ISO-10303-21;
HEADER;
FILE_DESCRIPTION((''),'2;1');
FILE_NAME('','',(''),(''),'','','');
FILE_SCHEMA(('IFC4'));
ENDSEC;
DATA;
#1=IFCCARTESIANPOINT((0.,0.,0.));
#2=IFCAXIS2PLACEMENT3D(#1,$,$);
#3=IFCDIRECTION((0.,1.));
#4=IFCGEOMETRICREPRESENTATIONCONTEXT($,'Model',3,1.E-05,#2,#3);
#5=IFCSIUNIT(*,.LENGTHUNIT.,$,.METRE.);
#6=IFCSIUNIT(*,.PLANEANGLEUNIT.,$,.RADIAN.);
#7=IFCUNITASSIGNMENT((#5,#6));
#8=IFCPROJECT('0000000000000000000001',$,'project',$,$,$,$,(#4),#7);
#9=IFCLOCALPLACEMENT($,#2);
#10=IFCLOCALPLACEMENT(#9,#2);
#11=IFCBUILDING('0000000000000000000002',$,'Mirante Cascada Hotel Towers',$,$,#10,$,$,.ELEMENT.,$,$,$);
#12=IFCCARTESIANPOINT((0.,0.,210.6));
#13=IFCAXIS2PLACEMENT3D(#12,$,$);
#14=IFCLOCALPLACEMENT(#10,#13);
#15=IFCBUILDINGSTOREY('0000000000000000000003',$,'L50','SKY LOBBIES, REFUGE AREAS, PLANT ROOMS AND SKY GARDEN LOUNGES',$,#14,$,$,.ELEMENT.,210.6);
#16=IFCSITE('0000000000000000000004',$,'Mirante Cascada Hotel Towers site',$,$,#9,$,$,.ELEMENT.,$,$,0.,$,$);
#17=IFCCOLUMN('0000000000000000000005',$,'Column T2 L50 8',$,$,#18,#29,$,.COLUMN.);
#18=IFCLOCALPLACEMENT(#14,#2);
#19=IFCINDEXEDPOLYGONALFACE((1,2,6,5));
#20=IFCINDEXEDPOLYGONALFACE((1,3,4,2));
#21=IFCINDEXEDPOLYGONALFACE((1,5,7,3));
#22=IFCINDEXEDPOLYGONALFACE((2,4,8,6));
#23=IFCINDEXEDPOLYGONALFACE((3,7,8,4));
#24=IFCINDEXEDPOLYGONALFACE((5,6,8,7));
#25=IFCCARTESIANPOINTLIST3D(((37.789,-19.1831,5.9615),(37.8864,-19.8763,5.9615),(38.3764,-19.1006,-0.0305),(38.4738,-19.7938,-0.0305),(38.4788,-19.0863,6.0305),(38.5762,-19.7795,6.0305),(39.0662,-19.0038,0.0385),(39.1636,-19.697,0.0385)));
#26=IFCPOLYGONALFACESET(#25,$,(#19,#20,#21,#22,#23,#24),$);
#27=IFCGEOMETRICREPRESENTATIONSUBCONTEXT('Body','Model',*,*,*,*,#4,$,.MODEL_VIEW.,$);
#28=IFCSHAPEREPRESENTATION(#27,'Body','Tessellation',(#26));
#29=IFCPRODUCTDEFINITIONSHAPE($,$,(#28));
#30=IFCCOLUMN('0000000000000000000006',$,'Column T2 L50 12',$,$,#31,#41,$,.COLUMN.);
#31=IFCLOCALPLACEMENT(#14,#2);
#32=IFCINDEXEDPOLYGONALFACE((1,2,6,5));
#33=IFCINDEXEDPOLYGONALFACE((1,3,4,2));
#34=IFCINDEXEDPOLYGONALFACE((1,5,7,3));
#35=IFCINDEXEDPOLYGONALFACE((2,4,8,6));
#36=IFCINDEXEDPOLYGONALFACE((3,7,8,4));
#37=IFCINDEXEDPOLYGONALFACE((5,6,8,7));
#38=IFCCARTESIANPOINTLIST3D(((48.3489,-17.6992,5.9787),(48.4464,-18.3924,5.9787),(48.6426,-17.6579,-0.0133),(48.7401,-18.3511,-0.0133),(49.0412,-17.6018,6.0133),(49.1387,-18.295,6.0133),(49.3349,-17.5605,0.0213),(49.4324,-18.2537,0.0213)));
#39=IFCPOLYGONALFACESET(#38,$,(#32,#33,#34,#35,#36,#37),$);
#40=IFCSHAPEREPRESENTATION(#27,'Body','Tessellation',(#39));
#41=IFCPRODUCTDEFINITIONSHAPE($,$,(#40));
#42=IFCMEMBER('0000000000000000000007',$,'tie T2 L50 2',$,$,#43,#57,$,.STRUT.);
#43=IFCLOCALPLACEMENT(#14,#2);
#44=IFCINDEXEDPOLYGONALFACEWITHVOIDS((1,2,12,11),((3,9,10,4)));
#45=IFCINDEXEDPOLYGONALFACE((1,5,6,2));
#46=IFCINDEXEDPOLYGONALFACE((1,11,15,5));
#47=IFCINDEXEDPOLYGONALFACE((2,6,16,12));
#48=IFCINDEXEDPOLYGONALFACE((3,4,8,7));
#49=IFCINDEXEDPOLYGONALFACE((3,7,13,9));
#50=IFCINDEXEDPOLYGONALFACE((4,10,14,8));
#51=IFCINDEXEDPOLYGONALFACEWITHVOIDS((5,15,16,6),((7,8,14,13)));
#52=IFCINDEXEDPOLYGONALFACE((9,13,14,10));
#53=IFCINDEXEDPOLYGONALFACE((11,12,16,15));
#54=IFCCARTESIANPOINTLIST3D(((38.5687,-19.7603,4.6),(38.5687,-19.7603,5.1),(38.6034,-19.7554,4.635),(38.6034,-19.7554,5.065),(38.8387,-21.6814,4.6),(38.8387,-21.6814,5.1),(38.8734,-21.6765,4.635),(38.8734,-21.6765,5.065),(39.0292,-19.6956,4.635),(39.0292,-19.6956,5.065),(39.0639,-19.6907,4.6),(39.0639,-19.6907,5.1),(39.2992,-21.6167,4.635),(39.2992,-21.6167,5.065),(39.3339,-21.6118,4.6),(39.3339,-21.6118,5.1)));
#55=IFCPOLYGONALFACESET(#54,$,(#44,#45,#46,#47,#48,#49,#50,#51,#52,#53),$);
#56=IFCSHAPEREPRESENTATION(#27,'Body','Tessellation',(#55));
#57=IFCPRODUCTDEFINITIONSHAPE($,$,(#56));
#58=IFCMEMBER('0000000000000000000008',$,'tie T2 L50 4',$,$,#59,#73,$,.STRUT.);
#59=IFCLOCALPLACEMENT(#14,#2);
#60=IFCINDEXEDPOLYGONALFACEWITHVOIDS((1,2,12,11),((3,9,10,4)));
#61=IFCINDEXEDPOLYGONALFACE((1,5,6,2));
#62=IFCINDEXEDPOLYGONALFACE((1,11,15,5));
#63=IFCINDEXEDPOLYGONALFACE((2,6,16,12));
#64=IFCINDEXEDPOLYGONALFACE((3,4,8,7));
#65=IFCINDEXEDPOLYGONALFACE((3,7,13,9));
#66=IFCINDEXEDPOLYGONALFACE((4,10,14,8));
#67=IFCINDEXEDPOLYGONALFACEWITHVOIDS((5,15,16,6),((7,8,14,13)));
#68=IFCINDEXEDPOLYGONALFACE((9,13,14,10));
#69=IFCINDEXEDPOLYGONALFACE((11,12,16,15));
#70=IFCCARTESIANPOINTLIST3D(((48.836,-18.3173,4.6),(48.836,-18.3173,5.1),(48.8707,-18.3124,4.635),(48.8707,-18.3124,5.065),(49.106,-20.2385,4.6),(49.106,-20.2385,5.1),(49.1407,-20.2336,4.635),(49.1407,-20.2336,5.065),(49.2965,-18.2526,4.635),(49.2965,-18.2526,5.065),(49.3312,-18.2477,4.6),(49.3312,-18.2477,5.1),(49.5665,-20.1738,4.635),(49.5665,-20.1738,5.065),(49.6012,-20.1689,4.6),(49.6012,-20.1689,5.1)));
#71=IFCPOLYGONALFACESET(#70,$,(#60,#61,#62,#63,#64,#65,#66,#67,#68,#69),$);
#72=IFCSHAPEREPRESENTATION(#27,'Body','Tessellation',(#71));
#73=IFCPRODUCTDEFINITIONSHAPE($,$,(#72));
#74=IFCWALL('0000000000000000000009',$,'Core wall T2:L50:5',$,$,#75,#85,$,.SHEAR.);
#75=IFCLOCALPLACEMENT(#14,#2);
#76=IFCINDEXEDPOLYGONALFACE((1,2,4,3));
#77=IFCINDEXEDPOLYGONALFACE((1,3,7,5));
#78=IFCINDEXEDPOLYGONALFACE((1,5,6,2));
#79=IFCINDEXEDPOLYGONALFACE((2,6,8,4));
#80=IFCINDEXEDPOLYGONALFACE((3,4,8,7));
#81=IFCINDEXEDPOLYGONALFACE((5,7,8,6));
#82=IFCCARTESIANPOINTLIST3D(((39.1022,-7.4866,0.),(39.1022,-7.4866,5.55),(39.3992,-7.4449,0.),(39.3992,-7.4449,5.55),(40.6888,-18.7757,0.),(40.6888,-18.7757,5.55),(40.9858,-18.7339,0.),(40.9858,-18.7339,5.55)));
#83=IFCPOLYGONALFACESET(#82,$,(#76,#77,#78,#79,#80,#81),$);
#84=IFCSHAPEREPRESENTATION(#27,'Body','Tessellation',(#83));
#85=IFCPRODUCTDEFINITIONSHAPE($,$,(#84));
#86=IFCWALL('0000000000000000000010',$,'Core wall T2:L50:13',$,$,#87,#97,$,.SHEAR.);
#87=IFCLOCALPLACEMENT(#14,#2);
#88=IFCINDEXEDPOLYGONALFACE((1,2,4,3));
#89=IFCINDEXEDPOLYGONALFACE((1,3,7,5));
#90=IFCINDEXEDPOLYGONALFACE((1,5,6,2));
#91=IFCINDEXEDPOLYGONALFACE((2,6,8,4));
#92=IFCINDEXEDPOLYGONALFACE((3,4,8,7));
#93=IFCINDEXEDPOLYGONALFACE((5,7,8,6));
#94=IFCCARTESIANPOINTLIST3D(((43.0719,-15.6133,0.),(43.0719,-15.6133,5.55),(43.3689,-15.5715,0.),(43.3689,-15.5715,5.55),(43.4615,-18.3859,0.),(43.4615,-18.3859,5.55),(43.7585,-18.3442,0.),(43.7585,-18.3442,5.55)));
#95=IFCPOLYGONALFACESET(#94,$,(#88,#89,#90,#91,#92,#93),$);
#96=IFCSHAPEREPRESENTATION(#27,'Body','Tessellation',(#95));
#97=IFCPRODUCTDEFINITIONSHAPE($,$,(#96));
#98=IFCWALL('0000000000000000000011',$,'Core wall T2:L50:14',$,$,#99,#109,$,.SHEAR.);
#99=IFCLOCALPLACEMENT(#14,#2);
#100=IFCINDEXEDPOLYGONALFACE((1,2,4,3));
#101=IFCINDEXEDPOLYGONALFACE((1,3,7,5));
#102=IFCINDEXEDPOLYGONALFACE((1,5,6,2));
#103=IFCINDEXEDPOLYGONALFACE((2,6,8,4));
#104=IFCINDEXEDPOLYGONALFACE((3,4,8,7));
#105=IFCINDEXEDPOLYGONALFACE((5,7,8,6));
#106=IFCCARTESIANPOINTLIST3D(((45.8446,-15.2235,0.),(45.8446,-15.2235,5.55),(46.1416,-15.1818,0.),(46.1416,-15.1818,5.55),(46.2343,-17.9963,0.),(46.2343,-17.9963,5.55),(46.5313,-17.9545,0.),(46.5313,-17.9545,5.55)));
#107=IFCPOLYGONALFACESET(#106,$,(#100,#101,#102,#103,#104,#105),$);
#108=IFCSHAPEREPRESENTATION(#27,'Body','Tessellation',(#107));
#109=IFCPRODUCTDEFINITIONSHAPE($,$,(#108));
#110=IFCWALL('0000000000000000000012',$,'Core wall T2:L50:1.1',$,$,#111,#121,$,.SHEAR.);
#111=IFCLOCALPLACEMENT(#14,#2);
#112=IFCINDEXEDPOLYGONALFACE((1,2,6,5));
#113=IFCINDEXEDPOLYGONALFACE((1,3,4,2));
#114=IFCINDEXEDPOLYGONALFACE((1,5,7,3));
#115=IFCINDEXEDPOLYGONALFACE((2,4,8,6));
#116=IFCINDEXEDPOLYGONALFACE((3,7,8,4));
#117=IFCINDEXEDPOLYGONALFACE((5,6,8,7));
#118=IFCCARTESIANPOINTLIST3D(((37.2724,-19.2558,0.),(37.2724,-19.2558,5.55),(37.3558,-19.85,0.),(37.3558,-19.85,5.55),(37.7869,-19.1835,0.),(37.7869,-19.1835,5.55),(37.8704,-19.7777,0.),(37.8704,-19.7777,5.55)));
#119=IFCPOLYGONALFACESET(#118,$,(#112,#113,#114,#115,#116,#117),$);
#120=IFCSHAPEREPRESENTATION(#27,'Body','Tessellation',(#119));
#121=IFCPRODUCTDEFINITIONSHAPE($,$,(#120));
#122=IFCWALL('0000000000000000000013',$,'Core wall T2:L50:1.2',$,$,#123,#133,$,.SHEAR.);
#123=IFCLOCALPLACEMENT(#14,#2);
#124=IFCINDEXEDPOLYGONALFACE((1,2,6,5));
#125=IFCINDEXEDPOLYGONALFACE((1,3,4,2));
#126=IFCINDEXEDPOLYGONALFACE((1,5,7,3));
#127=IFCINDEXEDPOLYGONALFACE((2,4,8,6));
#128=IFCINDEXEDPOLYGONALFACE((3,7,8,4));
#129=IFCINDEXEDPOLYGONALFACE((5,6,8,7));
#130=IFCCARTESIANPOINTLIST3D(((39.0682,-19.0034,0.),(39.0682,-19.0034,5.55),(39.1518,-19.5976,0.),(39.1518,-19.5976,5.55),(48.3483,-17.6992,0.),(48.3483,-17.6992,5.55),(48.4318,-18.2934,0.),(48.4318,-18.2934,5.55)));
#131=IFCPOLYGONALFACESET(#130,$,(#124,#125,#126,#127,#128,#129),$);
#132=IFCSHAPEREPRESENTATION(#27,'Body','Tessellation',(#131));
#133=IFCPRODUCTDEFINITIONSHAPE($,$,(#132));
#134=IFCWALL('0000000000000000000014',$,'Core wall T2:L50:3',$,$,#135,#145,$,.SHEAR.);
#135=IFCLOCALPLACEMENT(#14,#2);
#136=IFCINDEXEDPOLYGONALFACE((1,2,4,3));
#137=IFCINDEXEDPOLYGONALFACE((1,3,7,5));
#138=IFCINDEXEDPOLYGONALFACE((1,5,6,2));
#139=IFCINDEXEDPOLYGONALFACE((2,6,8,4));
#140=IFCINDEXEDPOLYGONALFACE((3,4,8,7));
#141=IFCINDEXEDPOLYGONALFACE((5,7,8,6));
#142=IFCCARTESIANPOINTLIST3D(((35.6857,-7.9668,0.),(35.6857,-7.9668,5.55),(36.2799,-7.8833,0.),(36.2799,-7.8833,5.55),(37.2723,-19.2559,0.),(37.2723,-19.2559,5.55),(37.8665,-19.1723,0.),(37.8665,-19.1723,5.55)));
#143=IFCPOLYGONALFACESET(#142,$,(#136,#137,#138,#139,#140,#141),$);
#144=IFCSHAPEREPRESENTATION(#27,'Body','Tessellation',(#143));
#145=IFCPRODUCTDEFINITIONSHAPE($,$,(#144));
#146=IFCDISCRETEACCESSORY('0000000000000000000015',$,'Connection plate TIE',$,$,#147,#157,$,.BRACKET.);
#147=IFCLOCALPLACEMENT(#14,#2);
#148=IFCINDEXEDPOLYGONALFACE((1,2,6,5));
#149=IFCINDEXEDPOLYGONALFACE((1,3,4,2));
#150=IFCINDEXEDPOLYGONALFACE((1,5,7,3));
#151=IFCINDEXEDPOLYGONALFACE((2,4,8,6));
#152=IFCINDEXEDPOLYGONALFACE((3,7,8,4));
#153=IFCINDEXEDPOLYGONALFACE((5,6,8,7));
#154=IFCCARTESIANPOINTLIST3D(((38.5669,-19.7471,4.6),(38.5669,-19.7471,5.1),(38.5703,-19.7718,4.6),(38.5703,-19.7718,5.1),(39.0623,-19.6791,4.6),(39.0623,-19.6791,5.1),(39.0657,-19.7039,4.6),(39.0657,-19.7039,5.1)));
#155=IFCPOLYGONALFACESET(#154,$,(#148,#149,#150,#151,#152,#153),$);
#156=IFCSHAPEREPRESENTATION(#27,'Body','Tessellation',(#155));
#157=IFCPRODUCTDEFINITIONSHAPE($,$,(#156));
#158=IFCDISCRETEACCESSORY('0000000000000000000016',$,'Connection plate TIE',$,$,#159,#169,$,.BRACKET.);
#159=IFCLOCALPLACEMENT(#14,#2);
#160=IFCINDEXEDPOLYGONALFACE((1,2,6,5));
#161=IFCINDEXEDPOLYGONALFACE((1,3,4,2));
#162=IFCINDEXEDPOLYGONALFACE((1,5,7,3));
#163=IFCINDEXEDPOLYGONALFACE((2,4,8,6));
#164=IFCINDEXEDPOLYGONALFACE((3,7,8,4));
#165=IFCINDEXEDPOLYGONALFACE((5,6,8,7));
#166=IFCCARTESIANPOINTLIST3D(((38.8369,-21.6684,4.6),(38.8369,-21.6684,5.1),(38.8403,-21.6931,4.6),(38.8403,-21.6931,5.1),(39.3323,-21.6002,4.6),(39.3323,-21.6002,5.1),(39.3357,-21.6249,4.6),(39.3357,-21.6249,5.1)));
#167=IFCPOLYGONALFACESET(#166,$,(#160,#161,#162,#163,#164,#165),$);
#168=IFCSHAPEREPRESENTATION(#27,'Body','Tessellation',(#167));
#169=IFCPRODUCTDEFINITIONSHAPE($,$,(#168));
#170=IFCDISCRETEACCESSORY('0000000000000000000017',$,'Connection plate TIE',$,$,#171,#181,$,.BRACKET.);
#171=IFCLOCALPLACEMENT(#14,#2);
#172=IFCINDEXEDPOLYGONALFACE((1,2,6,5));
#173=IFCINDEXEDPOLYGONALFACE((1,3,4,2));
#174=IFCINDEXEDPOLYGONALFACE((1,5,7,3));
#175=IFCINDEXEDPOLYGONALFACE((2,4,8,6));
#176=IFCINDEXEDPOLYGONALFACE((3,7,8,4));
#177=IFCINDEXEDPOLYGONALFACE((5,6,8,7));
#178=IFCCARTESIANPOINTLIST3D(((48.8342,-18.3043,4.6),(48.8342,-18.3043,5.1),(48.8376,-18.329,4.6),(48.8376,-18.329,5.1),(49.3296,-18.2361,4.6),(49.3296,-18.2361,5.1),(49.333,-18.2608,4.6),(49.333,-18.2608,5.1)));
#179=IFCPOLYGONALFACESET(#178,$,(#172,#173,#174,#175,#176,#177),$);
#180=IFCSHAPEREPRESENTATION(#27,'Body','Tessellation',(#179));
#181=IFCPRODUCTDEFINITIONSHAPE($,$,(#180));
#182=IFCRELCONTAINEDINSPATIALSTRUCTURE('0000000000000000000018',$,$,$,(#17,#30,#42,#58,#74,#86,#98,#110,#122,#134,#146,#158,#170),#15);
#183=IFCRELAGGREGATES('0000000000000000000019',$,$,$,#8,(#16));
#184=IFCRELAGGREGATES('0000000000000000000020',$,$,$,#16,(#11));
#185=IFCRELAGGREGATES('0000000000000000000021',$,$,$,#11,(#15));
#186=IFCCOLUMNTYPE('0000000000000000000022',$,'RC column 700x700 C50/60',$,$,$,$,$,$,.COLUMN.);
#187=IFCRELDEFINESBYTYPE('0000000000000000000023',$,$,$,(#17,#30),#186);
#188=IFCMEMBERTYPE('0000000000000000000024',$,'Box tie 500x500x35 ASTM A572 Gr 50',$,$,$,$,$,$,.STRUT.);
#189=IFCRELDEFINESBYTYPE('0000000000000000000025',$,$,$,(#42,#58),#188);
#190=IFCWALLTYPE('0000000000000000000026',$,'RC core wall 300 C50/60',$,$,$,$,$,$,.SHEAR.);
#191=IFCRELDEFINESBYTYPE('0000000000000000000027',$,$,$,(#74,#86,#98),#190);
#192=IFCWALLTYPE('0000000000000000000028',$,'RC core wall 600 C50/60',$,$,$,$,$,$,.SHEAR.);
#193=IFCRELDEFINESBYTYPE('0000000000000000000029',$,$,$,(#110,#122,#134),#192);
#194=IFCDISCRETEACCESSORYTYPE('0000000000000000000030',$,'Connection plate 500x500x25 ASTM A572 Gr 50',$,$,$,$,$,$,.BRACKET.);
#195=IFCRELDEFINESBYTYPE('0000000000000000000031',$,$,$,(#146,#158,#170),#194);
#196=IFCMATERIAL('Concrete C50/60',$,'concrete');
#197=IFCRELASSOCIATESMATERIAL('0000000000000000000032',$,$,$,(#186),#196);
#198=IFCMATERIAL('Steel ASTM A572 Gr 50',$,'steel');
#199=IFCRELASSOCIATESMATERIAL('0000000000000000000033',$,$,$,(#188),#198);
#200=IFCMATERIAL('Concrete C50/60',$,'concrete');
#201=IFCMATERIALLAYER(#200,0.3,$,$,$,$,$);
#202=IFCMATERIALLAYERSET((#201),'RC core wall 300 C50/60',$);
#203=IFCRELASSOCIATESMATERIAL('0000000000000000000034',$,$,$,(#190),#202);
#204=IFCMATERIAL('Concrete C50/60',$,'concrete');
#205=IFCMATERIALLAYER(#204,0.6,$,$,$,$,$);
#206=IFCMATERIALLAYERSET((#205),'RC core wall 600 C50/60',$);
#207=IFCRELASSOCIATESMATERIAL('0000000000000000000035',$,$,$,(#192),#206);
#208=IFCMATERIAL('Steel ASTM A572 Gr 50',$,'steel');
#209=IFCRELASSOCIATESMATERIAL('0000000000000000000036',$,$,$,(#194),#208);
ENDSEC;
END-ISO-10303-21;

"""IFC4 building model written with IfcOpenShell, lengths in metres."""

from ifc_helpers import new_model, si_unit, direction, frame, frame_2d, origin, origin_2d, place, context, subcontext, project, spatial, rectangle, hollow_rectangle, extrude, material, layer, layer_set, material_profile, profile_set, type_object, element, save


model = new_model("IFC4")

# Units and contexts
model_context = context("Model", 3, precision=1e-05, world=origin(), true_north=direction((0.0, 1.0)))
body_context = subcontext(model_context, "Body", "Model", "MODEL_VIEW")
ifc_project = project(units=[si_unit("LENGTHUNIT", "METRE"), si_unit("PLANEANGLEUNIT", "RADIAN")], contexts=[model_context])

# Site, building, storey
site_placement = place(None, origin())
site = spatial("IfcSite", under=ifc_project, at=site_placement, Name="Mirante Cascada Hotel Towers site", CompositionType="ELEMENT", RefElevation=0.0)
building_placement = place(site_placement, origin())
building = spatial("IfcBuilding", under=site, at=building_placement, Name="Mirante Cascada Hotel Towers", CompositionType="ELEMENT")
storey_placement = place(building_placement, frame((0.0, 0.0, 210.6)))
storey = spatial("IfcBuildingStorey", under=building, at=storey_placement, Name="L50", Description="SKY LOBBIES, REFUGE AREAS, PLANT ROOMS AND SKY GARDEN LOUNGES", CompositionType="ELEMENT", Elevation=210.6)

# Columns
ifc_material_1 = material(Name="Concrete C50/60", Category="concrete")
ifc_material_profile_1 = material_profile(ifc_material_1, rectangle(XDim=0.7, YDim=0.7, at=origin_2d()), Name="RC column 700x700 C50/60")
ifc_profile_set_1 = profile_set([ifc_material_profile_1], Name="Concrete C50/60")
column_type = type_object("IfcColumnType", Name="RC column 700x700 C50/60", PredefinedType="COLUMN", material=ifc_profile_set_1)
column_1_placement = place(storey_placement, frame((38.77, -19.3988, 0.004), z_axis=(-0.097554, -0.013701, 0.995136), x_axis=(0.139084, -0.990281, 0.0)))
element("IfcColumn", 1, at=column_1_placement, inside=storey, type_object=column_type, Name="Column T2 L50 8", PredefinedType="COLUMN", context=body_context, shape_type="SweptSolid", body=[
    extrude(rectangle(XDim=0.7, YDim=0.7, at=origin_2d()), origin(), (0.0, 0.0, 1.0), 6.0213),
])
column_2_placement = place(storey_placement, frame((49.0375, -17.9558, 0.004), z_axis=(-0.048955, -0.006884, 0.998777), x_axis=(0.13925, -0.990257, 0.0)))
element("IfcColumn", 2, at=column_2_placement, inside=storey, type_object=column_type, Name="Column T2 L50 12", PredefinedType="COLUMN", context=body_context, shape_type="SweptSolid", body=[
    extrude(rectangle(XDim=0.7, YDim=0.7, at=origin_2d()), origin(), (0.0, 0.0, 1.0), 5.9993),
])

# Members
ifc_material_2 = material(Name="Steel ASTM A572 Gr 50", Category="steel")
ifc_material_profile_2 = material_profile(ifc_material_2, hollow_rectangle(XDim=0.5, YDim=0.5, WallThickness=0.035, at=origin_2d()), Name="Box tie 500x500x35 ASTM A572 Gr 50")
ifc_profile_set_2 = profile_set([ifc_material_profile_2], Name="Steel ASTM A572 Gr 50")
member_type = type_object("IfcMemberType", Name="Box tie 500x500x35 ASTM A572 Gr 50", PredefinedType="STRUT", material=ifc_profile_set_2)
member_1_placement = place(storey_placement, frame((38.8163, -19.7255, 4.85), z_axis=(0.139177, -0.990268, 0.0), x_axis=(0.990268, 0.139177, 0.0)))
element("IfcMember", 3, at=member_1_placement, inside=storey, type_object=member_type, Name="tie T2 L50 2", PredefinedType="STRUT", context=body_context, shape_type="SweptSolid", body=[
    extrude(hollow_rectangle(XDim=0.5, YDim=0.5, WallThickness=0.035, at=origin_2d()), origin(), (0.0, 0.0, 1.0), 1.94),
])
member_2_placement = place(storey_placement, frame((49.0836, -18.2825, 4.85), z_axis=(0.13917, -0.990269, 0.0), x_axis=(0.990269, 0.13917, 0.0)))
element("IfcMember", 4, at=member_2_placement, inside=storey, type_object=member_type, Name="tie T2 L50 4", PredefinedType="STRUT", context=body_context, shape_type="SweptSolid", body=[
    extrude(hollow_rectangle(XDim=0.5, YDim=0.5, WallThickness=0.035, at=origin_2d()), origin(), (0.0, 0.0, 1.0), 1.9401),
])

# Walls
ifc_material_3 = material(Name="Concrete C50/60", Category="concrete")
ifc_layer_1 = layer(ifc_material_3, 0.3)
ifc_layer_set_1 = layer_set([ifc_layer_1], Name="RC core wall 300 C50/60")
wall_type_1 = type_object("IfcWallType", Name="RC core wall 300 C50/60", PredefinedType="SHEAR", material=ifc_layer_set_1)
wall_1_placement = place(storey_placement, frame((40.8373, -18.7548, 0.0), z_axis=(0.0, 0.0, 1.0), x_axis=(-0.139175, 0.990268, 0.0)))
element("IfcWall", 5, at=wall_1_placement, inside=storey, type_object=wall_type_1, Name="Core wall T2:L50:5", PredefinedType="SHEAR", context=body_context, shape_type="SweptSolid", body=[
    extrude(rectangle(XDim=11.4, YDim=0.3, at=frame_2d((5.7, 0.0))), origin(), (0.0, 0.0, 1.0), 5.55),
])
wall_2_placement = place(storey_placement, frame((43.61, -18.3651, 0.0), z_axis=(0.0, 0.0, 1.0), x_axis=(-0.139146, 0.990272, 0.0)))
element("IfcWall", 6, at=wall_2_placement, inside=storey, type_object=wall_type_1, Name="Core wall T2:L50:13", PredefinedType="SHEAR", context=body_context, shape_type="SweptSolid", body=[
    extrude(rectangle(XDim=2.7999, YDim=0.3, at=frame_2d((1.4, 0.0))), origin(), (0.0, 0.0, 1.0), 5.55),
])
wall_3_placement = place(storey_placement, frame((46.3828, -17.9754, 0.0), z_axis=(0.0, 0.0, 1.0), x_axis=(-0.139181, 0.990267, 0.0)))
element("IfcWall", 7, at=wall_3_placement, inside=storey, type_object=wall_type_1, Name="Core wall T2:L50:14", PredefinedType="SHEAR", context=body_context, shape_type="SweptSolid", body=[
    extrude(rectangle(XDim=2.8, YDim=0.3, at=frame_2d((1.4, 0.0))), origin(), (0.0, 0.0, 1.0), 5.55),
])
ifc_material_4 = material(Name="Concrete C50/60", Category="concrete")
ifc_layer_2 = layer(ifc_material_4, 0.6)
ifc_layer_set_2 = layer_set([ifc_layer_2], Name="RC core wall 600 C50/60")
wall_type_2 = type_object("IfcWallType", Name="RC core wall 600 C50/60", PredefinedType="SHEAR", material=ifc_layer_set_2)
wall_4_placement = place(storey_placement, frame((37.3141, -19.5529, 0.0), z_axis=(0.0, 0.0, 1.0), x_axis=(0.99027, 0.139157, 0.0)))
element("IfcWall", 8, at=wall_4_placement, inside=storey, type_object=wall_type_2, Name="Core wall T2:L50:1.1", PredefinedType="SHEAR", context=body_context, shape_type="SweptSolid", body=[
    extrude(rectangle(XDim=0.5196, YDim=0.6, at=frame_2d((0.2598, 0.0))), origin(), (0.0, 0.0, 1.0), 5.55),
])
wall_5_placement = place(storey_placement, frame((39.11, -19.3005, 0.0), z_axis=(0.0, 0.0, 1.0), x_axis=(0.990268, 0.139171, 0.0)))
element("IfcWall", 9, at=wall_5_placement, inside=storey, type_object=wall_type_2, Name="Core wall T2:L50:1.2", PredefinedType="SHEAR", context=body_context, shape_type="SweptSolid", body=[
    extrude(rectangle(XDim=9.3712, YDim=0.6, at=frame_2d((4.6856, 0.0))), origin(), (0.0, 0.0, 1.0), 5.55),
])
wall_6_placement = place(storey_placement, frame((37.5694, -19.2141, 0.0), z_axis=(0.0, 0.0, 1.0), x_axis=(-0.139175, 0.990268, 0.0)))
element("IfcWall", 10, at=wall_6_placement, inside=storey, type_object=wall_type_2, Name="Core wall T2:L50:3", PredefinedType="SHEAR", context=body_context, shape_type="SweptSolid", body=[
    extrude(rectangle(XDim=11.4, YDim=0.6, at=frame_2d((5.7, 0.0))), origin(), (0.0, 0.0, 1.0), 5.55),
])

# Discrete accessories
ifc_material_5 = material(Name="Steel ASTM A572 Gr 50", Category="steel")
ifc_material_profile_3 = material_profile(ifc_material_5, rectangle(XDim=0.5, YDim=0.5, at=origin_2d()), Name="Connection plate 500x500x25 ASTM A572 Gr 50")
ifc_profile_set_3 = profile_set([ifc_material_profile_3], Name="Steel ASTM A572 Gr 50")
discrete_accessory_type = type_object("IfcDiscreteAccessoryType", Name="Connection plate 500x500x25 ASTM A572 Gr 50", PredefinedType="BRACKET", material=ifc_profile_set_3)
discrete_accessory_placement = place(storey_placement, frame((38.8146, -19.7131, 4.85), z_axis=(0.135826, -0.990733, 0.0), x_axis=(0.990733, 0.135826, 0.0)))
element("IfcDiscreteAccessory", 11, at=discrete_accessory_placement, inside=storey, type_object=discrete_accessory_type, Name="Connection plate TIE", PredefinedType="BRACKET", context=body_context, shape_type="SweptSolid", body=[
    extrude(rectangle(XDim=0.5, YDim=0.5, at=origin_2d()), origin(), (0.0, 0.0, 1.0), 0.025),
])
for number, where, z_axis, x_axis, name in (
    (12, (39.0846, -21.6343, 4.85), (0.136366, -0.990658, 0.0), (0.990658, 0.136366, 0.0), "Connection plate TIE"),
    (13, (49.0819, -18.2702, 4.85), (0.136366, -0.990658, 0.0), (0.990658, 0.136366, 0.0), "Connection plate TIE"),
):
    element("IfcDiscreteAccessory", number, at=place(storey_placement, frame(where, z_axis=z_axis, x_axis=x_axis)), inside=storey, type_object=discrete_accessory_type, Name=name, PredefinedType="BRACKET", context=body_context, shape_type="SweptSolid", body=[
        extrude(rectangle(XDim=0.5, YDim=0.5, at=origin_2d()), origin(), (0.0, 0.0, 1.0), 0.0249),
    ])

save(model, "model.ifc")
